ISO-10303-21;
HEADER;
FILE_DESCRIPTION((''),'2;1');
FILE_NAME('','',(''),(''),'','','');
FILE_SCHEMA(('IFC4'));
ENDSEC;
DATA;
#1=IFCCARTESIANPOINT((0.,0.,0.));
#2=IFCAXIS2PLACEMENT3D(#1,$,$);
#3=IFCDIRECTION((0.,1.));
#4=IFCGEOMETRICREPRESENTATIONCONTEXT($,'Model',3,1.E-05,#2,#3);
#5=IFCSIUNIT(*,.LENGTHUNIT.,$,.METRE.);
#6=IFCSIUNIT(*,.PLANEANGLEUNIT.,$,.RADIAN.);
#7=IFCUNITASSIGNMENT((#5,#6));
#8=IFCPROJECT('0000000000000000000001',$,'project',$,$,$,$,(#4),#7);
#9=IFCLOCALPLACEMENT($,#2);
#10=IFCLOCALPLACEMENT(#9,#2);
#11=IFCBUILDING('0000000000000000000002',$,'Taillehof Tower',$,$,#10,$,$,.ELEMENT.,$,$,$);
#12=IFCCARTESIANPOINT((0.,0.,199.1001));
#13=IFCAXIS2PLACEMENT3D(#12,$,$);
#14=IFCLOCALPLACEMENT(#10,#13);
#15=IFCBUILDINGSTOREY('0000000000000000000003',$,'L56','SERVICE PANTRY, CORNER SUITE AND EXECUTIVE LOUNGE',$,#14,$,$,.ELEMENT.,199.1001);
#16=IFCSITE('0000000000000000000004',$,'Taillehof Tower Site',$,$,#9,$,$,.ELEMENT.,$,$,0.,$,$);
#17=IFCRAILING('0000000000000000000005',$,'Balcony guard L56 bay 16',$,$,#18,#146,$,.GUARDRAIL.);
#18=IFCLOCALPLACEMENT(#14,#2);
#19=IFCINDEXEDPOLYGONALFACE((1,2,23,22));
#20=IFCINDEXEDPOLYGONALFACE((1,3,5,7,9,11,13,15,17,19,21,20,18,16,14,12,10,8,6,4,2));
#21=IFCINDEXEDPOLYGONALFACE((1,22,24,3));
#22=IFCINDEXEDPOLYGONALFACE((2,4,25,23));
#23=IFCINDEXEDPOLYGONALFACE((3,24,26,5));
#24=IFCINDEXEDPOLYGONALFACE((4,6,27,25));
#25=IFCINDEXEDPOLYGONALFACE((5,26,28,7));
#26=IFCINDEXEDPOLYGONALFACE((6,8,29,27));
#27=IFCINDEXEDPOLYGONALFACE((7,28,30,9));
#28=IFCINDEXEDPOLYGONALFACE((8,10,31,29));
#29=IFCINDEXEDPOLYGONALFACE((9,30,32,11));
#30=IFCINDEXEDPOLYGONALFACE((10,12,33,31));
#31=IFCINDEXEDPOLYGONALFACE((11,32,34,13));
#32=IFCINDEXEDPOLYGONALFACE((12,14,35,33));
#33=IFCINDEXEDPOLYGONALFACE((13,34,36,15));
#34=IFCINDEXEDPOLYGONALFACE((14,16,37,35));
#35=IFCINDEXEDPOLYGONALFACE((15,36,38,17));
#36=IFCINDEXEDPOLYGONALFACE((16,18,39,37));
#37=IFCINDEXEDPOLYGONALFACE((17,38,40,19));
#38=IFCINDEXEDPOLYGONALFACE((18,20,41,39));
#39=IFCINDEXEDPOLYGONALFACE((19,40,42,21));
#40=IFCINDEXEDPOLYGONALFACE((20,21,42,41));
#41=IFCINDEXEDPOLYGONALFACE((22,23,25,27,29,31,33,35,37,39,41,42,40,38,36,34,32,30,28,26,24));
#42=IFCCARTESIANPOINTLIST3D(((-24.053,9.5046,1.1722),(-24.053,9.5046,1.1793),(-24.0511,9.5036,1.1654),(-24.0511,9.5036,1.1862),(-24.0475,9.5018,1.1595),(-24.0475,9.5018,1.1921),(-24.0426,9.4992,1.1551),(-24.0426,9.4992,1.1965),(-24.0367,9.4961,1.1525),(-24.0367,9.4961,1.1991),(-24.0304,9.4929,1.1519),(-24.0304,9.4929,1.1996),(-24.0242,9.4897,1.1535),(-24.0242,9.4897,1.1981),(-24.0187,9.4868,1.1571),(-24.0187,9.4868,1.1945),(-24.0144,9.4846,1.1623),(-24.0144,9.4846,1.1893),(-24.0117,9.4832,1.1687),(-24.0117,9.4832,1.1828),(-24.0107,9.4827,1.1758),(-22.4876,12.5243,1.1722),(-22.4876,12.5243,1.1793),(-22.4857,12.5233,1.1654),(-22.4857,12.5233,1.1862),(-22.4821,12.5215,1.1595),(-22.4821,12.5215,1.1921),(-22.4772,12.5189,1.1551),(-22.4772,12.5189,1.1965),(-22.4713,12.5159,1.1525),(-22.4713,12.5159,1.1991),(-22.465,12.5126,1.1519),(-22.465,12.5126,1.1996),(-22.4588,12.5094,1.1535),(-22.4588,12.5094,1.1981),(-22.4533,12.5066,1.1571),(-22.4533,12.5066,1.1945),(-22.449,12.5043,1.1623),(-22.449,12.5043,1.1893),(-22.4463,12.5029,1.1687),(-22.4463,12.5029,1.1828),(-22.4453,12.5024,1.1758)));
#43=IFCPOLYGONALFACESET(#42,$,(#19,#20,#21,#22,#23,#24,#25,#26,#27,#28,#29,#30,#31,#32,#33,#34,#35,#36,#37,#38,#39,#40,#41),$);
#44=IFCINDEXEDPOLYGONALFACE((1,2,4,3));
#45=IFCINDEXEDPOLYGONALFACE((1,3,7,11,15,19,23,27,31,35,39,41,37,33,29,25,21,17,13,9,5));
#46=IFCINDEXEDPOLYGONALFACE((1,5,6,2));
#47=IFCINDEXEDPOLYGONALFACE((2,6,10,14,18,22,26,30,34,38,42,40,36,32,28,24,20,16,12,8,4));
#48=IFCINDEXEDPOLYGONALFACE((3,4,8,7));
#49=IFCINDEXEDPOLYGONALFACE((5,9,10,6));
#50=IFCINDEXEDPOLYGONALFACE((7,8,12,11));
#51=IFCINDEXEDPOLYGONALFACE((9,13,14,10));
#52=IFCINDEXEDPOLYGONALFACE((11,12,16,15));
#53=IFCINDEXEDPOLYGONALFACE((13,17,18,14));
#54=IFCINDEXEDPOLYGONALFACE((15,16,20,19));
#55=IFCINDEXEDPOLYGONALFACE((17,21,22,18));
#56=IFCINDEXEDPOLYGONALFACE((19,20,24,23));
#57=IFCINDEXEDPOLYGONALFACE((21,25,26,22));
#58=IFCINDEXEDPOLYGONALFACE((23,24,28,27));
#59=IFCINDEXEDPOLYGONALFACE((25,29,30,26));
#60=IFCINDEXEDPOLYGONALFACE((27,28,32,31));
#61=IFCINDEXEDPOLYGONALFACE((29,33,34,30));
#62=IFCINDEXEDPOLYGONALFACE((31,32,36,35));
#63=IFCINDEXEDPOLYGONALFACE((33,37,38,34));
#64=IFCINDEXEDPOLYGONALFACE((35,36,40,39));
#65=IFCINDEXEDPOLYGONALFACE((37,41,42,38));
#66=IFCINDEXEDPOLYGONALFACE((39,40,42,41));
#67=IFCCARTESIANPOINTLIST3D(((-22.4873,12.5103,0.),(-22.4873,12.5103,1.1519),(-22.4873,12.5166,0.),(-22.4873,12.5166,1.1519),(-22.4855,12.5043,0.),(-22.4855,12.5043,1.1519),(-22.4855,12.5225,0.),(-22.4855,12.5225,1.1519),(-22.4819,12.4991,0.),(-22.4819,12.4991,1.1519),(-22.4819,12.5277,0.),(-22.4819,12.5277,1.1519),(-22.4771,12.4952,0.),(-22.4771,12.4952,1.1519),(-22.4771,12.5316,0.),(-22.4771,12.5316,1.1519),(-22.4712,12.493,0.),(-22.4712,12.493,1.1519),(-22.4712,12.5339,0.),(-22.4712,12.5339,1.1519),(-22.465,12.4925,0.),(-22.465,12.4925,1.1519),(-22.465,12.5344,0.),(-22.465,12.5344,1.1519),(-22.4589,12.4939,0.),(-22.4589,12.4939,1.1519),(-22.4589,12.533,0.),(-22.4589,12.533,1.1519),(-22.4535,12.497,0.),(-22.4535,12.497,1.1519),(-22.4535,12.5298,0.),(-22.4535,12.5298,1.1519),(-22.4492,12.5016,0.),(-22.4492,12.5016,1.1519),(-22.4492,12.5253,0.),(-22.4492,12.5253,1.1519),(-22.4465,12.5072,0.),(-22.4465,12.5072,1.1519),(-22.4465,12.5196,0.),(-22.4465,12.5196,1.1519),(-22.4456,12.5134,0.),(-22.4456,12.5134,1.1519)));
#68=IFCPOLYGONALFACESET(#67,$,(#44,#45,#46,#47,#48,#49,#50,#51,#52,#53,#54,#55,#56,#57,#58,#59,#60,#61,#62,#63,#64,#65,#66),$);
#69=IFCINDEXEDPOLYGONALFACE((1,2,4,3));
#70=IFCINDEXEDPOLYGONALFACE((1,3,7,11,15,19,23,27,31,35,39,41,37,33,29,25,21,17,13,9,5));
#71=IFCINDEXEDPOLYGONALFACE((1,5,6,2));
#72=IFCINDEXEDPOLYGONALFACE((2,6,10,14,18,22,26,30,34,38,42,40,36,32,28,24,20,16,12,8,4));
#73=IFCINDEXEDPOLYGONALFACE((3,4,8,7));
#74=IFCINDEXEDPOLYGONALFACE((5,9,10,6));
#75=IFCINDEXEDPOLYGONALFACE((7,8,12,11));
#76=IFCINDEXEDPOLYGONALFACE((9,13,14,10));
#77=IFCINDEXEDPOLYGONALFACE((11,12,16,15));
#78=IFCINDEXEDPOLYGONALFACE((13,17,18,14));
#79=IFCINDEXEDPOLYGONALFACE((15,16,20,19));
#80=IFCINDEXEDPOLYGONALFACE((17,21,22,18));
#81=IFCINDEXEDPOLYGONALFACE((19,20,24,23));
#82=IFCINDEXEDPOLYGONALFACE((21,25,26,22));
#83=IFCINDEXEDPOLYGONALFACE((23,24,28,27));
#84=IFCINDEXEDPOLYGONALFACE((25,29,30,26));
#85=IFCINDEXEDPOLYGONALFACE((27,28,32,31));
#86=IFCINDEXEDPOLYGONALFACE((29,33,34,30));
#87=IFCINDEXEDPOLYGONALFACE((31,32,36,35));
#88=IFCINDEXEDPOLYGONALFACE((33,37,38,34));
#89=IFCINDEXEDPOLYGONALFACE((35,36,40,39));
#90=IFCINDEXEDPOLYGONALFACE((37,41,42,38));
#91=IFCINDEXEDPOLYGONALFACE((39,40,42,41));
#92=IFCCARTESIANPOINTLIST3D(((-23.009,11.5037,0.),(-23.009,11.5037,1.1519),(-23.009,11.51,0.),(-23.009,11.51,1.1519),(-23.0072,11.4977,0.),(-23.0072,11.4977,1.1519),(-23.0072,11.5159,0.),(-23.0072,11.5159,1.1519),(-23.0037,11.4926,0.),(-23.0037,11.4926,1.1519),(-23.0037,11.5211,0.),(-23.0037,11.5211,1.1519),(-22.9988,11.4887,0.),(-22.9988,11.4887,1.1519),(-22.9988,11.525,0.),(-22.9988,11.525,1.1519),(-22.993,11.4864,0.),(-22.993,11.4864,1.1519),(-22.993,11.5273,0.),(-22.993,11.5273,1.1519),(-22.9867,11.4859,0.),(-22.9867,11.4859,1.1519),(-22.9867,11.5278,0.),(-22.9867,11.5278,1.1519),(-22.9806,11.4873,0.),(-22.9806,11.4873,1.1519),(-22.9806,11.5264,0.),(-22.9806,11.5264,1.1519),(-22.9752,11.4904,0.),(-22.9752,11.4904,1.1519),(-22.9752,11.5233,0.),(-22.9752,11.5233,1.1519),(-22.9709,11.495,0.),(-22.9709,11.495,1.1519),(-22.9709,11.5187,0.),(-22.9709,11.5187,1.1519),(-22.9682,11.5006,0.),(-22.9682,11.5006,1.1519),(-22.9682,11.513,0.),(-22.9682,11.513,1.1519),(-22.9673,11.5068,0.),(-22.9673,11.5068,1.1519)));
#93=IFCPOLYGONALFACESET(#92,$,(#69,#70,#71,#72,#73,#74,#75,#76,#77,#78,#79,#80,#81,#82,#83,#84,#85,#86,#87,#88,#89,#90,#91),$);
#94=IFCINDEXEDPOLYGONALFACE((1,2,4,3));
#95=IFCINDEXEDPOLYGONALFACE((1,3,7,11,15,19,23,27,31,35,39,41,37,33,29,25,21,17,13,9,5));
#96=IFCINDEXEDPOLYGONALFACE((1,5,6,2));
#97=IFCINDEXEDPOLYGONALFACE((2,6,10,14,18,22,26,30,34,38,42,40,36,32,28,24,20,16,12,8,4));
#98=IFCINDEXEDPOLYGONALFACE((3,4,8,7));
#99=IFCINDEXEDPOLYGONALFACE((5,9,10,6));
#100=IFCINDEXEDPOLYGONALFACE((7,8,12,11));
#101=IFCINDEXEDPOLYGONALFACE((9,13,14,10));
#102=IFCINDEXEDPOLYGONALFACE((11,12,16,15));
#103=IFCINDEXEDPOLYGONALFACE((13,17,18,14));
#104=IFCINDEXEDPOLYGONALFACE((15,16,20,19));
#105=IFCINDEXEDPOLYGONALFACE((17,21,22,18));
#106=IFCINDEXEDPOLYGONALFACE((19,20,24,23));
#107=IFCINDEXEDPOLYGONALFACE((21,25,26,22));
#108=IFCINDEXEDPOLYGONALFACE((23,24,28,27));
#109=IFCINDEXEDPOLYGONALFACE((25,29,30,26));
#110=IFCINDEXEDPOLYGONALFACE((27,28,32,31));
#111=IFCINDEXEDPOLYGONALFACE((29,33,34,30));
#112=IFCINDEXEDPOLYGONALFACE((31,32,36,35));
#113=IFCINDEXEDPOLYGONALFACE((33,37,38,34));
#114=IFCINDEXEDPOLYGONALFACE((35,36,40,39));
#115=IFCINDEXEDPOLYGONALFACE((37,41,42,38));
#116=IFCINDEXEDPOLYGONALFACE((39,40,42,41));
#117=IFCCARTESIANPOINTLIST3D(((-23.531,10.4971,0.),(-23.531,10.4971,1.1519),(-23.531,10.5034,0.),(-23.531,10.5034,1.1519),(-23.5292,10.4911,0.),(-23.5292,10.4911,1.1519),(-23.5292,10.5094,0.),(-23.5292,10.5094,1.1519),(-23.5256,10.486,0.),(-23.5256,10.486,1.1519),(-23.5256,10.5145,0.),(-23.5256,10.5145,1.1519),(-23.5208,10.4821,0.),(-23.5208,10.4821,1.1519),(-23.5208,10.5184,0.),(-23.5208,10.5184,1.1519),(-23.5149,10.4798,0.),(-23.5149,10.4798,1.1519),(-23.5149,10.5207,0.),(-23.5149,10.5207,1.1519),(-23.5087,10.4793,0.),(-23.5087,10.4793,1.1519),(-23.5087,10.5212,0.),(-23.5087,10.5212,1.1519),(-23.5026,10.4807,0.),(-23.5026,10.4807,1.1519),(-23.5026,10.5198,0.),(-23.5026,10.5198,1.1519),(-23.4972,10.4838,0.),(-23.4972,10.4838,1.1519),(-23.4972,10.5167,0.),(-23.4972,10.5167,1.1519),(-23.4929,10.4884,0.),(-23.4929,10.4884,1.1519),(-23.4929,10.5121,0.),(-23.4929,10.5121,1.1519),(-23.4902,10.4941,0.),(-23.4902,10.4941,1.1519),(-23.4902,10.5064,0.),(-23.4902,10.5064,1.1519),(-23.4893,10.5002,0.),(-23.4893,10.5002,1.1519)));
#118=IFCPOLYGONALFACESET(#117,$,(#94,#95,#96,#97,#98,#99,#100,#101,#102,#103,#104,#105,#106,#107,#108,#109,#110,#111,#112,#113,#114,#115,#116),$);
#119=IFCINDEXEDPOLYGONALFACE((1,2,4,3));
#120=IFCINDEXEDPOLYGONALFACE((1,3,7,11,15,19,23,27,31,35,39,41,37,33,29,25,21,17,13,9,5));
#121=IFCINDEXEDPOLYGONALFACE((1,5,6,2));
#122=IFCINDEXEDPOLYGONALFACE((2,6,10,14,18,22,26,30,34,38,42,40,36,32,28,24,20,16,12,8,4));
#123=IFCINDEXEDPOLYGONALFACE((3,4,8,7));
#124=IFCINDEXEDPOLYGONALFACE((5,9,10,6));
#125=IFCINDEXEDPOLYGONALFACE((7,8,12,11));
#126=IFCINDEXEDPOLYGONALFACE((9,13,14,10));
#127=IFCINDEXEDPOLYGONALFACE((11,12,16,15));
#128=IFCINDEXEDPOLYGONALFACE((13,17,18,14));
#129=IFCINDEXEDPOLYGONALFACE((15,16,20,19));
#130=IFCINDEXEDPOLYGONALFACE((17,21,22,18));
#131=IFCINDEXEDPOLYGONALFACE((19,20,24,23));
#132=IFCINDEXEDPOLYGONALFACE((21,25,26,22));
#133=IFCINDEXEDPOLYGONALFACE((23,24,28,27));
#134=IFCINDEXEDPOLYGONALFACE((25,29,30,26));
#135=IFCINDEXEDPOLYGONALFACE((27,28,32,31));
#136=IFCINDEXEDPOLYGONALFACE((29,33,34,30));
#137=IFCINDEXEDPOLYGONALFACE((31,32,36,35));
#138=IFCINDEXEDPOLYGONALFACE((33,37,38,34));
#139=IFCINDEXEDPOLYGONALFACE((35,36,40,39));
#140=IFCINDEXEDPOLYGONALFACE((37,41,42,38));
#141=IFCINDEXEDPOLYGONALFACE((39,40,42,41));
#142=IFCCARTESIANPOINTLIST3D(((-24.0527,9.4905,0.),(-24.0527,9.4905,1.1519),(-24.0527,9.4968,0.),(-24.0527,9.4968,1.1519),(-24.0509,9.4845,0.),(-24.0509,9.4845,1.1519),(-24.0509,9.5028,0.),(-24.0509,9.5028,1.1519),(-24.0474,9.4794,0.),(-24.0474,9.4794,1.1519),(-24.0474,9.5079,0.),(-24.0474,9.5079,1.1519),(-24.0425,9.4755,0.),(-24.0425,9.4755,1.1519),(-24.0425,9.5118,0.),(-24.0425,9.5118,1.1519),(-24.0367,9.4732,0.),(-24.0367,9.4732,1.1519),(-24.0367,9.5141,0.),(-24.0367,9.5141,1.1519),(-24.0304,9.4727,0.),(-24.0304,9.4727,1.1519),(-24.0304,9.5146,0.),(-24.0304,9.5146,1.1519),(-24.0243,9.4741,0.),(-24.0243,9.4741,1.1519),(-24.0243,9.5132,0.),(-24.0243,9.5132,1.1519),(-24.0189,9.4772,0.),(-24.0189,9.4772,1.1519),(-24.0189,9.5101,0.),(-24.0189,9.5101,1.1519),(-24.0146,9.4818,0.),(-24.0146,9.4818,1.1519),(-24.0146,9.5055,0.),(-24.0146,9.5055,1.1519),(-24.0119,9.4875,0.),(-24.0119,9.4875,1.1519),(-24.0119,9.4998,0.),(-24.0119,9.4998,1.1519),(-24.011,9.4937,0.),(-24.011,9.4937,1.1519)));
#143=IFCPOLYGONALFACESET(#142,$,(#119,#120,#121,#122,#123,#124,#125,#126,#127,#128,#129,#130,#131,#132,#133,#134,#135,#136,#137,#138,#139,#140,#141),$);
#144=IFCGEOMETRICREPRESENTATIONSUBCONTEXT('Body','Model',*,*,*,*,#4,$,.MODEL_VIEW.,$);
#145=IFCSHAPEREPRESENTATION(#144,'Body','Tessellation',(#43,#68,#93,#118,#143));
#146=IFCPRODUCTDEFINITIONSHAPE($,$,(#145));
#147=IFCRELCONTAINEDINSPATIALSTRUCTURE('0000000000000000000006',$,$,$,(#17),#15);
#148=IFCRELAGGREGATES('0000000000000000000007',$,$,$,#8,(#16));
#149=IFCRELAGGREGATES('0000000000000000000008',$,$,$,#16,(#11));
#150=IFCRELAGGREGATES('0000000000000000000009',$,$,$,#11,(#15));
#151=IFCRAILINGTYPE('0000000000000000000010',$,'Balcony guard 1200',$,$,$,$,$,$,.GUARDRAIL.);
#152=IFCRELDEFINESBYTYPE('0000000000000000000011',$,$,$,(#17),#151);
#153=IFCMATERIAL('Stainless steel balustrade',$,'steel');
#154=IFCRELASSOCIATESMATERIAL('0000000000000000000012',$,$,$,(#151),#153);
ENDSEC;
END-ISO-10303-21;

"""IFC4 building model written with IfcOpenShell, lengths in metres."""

from ifc_helpers import new_model, si_unit, direction, frame, origin, origin_2d, place, context, subcontext, project, spatial, circle, extrude, material, type_object, element, save


model = new_model("IFC4")

# Units and contexts
model_context = context("Model", 3, precision=1e-05, world=origin(), true_north=direction((0.0, 1.0)))
body_context = subcontext(model_context, "Body", "Model", "MODEL_VIEW")
ifc_project = project(units=[si_unit("LENGTHUNIT", "METRE"), si_unit("PLANEANGLEUNIT", "RADIAN")], contexts=[model_context])

# Site, building, storey
site_placement = place(None, origin())
site = spatial("IfcSite", under=ifc_project, at=site_placement, Name="Taillehof Tower Site", CompositionType="ELEMENT", RefElevation=0.0)
building_placement = place(site_placement, origin())
building = spatial("IfcBuilding", under=site, at=building_placement, Name="Taillehof Tower", CompositionType="ELEMENT")
storey_placement = place(building_placement, frame((0.0, 0.0, 199.1001)))
storey = spatial("IfcBuildingStorey", under=building, at=storey_placement, Name="L56", Description="SERVICE PANTRY, CORNER SUITE AND EXECUTIVE LOUNGE", CompositionType="ELEMENT", Elevation=199.1001)

# Railing
ifc_material_1 = material(Name="Stainless steel balustrade", Category="steel")
railing_type = type_object("IfcRailingType", Name="Balcony guard 1200", PredefinedType="GUARDRAIL", material=ifc_material_1)
railing_1_placement = place(storey_placement, frame((-22.4666, 12.5134, 0.0)))
element("IfcRailing", 1, at=railing_1_placement, inside=storey, type_object=railing_type, Name="Balcony guard L56 bay 16", PredefinedType="GUARDRAIL", context=body_context, shape_type="SweptSolid", body=[
    extrude(circle(Radius=0.0239, at=origin_2d()), frame((0.0, 0.0, 1.1758), z_axis=(-0.460229, -0.8878, 0.0), x_axis=(0.8878, -0.460229, 0.0)), (0.0, 0.0, 1.0), 3.4014),
    extrude(circle(Radius=0.021, at=origin_2d()), origin(), (0.0, 0.0, 1.0), 1.1519),
    extrude(circle(Radius=0.021, at=origin_2d()), frame((-0.5217, -1.0066, 0.0)), (0.0, 0.0, 1.0), 1.1519),
    extrude(circle(Radius=0.021, at=origin_2d()), frame((-1.0437, -2.0132, 0.0)), (0.0, 0.0, 1.0), 1.1519),
    extrude(circle(Radius=0.021, at=origin_2d()), frame((-1.5654, -3.0198, 0.0)), (0.0, 0.0, 1.0), 1.1519),
])

save(model, "model.ifc")
